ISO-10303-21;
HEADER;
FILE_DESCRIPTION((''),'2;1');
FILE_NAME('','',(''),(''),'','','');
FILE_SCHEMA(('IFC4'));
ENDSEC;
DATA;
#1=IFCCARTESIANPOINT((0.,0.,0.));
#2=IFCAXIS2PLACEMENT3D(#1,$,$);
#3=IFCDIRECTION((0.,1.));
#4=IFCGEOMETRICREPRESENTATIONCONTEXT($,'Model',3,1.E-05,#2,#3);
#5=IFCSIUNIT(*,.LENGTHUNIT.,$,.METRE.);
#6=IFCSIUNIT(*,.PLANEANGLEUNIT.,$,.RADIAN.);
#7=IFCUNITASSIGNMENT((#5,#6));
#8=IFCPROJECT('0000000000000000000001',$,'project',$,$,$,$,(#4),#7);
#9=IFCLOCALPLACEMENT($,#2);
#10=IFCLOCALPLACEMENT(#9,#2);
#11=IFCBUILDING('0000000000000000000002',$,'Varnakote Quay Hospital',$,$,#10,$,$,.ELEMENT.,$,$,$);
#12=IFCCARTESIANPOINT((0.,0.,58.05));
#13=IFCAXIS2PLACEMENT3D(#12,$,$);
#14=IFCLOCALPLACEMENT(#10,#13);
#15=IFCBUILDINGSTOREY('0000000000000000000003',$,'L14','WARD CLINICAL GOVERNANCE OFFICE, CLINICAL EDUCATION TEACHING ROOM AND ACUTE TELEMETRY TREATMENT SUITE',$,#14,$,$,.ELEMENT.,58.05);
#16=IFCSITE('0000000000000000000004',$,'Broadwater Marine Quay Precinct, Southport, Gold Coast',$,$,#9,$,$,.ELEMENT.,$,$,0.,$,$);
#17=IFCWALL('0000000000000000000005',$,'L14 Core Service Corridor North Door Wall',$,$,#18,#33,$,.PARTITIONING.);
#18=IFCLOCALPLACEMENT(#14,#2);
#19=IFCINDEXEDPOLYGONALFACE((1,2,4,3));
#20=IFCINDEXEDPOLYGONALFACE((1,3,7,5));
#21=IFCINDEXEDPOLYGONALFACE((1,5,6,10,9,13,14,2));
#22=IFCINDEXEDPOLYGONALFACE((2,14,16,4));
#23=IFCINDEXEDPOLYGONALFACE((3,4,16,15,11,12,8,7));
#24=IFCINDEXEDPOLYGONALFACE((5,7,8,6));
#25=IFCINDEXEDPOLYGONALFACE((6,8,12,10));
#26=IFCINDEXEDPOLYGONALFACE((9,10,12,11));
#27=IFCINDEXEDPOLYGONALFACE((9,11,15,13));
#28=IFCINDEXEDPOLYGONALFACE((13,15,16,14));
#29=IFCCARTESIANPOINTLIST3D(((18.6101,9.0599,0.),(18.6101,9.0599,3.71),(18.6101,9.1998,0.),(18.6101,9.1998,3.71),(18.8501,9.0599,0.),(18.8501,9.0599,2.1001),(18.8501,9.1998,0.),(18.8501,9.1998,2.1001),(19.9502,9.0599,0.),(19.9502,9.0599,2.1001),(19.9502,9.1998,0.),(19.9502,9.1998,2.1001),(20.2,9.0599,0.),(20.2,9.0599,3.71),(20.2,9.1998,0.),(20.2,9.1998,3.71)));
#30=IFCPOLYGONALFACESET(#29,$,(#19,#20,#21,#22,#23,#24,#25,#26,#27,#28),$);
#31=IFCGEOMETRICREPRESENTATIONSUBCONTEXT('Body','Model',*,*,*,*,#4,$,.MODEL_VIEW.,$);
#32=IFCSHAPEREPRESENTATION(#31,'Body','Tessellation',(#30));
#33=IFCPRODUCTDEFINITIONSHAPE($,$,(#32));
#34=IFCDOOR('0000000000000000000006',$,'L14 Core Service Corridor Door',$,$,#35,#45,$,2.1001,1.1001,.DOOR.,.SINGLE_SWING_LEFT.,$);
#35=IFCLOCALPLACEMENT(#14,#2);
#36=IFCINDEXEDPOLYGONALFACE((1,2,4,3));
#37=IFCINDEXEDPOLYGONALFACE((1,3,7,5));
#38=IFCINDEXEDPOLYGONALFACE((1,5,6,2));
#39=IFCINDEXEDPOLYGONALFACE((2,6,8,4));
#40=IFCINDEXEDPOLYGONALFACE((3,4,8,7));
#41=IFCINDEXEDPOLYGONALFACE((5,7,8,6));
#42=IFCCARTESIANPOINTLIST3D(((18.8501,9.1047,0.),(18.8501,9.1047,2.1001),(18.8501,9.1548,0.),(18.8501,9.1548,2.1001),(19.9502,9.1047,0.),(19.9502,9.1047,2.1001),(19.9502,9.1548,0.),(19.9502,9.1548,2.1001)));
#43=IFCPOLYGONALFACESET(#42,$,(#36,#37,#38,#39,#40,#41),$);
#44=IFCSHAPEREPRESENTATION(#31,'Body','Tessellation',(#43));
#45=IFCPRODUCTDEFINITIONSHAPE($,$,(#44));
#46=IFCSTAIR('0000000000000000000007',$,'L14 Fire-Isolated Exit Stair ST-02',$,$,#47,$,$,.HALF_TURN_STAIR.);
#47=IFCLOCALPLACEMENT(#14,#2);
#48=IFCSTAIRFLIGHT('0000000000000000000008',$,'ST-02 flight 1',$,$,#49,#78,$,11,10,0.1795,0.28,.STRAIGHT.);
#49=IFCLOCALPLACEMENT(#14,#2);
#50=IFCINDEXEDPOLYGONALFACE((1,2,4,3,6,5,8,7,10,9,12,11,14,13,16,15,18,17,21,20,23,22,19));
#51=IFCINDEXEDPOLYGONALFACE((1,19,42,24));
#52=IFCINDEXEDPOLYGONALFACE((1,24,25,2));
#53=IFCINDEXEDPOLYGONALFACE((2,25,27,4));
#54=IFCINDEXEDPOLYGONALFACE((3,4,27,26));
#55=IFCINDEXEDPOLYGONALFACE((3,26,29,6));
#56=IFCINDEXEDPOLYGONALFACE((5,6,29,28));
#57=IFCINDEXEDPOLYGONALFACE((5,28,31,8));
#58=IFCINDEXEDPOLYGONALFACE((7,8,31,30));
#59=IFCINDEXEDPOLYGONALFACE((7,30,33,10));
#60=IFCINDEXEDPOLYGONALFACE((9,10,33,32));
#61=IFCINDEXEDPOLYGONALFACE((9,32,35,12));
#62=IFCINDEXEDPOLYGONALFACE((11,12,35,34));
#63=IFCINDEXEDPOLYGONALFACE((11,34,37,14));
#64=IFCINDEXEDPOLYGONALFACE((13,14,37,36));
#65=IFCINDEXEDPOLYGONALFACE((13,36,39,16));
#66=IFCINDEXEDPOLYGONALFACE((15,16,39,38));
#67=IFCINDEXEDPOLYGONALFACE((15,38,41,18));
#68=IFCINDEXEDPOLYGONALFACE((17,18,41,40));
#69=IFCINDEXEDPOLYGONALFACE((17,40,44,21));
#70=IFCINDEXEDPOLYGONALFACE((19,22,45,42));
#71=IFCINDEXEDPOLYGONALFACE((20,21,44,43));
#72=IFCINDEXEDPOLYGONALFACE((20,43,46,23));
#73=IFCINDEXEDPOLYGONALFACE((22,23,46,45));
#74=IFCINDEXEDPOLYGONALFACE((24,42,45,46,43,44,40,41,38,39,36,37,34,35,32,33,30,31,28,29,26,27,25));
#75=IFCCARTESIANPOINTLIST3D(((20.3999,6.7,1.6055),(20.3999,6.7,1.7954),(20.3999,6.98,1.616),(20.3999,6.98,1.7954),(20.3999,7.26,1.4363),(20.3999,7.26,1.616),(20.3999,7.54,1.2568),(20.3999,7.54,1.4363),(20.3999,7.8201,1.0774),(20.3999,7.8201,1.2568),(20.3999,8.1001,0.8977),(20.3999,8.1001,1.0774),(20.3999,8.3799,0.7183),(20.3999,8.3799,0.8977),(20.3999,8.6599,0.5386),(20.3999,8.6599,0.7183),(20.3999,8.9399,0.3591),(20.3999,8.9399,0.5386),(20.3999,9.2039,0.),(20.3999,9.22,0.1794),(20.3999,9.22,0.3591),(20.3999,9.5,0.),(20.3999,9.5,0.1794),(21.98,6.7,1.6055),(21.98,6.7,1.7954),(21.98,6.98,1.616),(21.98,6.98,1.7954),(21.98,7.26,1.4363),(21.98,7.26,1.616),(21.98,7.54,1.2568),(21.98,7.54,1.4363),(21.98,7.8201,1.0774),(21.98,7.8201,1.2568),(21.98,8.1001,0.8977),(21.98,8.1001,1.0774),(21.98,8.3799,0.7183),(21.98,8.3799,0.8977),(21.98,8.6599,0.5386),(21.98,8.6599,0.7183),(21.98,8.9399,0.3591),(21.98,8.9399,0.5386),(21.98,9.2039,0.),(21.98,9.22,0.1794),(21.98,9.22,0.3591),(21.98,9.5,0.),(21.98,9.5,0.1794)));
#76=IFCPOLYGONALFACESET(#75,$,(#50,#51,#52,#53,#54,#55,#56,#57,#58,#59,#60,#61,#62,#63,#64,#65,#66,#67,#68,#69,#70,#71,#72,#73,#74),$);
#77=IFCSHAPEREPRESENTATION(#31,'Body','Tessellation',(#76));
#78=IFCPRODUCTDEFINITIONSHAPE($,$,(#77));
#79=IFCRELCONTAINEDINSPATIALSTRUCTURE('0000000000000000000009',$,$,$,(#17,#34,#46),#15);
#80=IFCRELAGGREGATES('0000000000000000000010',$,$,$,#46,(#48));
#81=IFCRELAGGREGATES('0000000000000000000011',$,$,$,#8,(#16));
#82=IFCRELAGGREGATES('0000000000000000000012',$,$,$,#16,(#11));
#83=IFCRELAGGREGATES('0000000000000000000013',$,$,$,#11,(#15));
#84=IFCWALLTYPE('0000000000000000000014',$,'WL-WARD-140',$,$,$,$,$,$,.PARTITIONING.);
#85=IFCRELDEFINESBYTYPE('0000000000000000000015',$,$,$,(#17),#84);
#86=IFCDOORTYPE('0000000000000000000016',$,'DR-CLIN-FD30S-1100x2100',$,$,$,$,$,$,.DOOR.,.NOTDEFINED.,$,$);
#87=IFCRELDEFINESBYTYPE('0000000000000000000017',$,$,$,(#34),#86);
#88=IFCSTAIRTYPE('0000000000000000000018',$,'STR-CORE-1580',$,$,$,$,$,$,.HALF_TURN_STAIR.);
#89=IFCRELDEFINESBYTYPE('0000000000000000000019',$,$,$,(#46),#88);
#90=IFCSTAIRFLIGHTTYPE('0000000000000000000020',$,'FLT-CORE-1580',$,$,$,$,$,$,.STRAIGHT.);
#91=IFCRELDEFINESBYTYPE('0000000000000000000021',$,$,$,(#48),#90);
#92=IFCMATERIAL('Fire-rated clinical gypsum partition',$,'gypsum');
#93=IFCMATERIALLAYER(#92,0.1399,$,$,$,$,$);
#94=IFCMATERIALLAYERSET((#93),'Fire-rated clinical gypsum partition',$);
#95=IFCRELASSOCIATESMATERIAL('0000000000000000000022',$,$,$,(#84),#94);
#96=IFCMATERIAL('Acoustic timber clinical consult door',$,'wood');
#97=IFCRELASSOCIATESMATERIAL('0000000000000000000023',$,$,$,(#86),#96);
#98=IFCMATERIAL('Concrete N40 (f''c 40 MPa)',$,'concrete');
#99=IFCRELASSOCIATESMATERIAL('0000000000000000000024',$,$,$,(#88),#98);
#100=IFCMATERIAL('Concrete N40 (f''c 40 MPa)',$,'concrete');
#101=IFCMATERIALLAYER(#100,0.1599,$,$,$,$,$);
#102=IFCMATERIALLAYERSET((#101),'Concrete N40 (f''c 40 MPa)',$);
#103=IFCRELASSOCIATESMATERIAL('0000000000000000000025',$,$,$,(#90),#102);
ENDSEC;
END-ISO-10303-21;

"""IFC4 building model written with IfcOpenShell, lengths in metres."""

from ifc_helpers import new_model, si_unit, direction, frame, frame_2d, origin, place, context, subcontext, project, spatial, polyline, rectangle, outline, extrude, material, layer, layer_set, type_object, element, fill, aggregate, save


model = new_model("IFC4")

# Units and contexts
model_context = context("Model", 3, precision=1e-05, world=origin(), true_north=direction((0.0, 1.0)))
body_context = subcontext(model_context, "Body", "Model", "MODEL_VIEW")
ifc_project = project(units=[si_unit("LENGTHUNIT", "METRE"), si_unit("PLANEANGLEUNIT", "RADIAN")], contexts=[model_context])

# Site, building, storey
site_placement = place(None, origin())
site = spatial("IfcSite", under=ifc_project, at=site_placement, Name="Broadwater Marine Quay Precinct, Southport, Gold Coast", CompositionType="ELEMENT", RefElevation=0.0)
building_placement = place(site_placement, origin())
building = spatial("IfcBuilding", under=site, at=building_placement, Name="Varnakote Quay Hospital", CompositionType="ELEMENT")
storey_placement = place(building_placement, frame((0.0, 0.0, 58.05)))
storey = spatial("IfcBuildingStorey", under=building, at=storey_placement, Name="L14", Description="WARD CLINICAL GOVERNANCE OFFICE, CLINICAL EDUCATION TEACHING ROOM AND ACUTE TELEMETRY TREATMENT SUITE", CompositionType="ELEMENT", Elevation=58.05)

# Wall, opening, door
ifc_material_1 = material(Name="Fire-rated clinical gypsum partition", Category="gypsum")
ifc_layer_1 = layer(ifc_material_1, 0.1399)
ifc_layer_set_1 = layer_set([ifc_layer_1], Name="Fire-rated clinical gypsum partition")
wall_type_1 = type_object("IfcWallType", Name="WL-WARD-140", PredefinedType="PARTITIONING", material=ifc_layer_set_1)
ifc_material_2 = material(Name="Acoustic timber clinical consult door", Category="wood")
door_type_1 = type_object("IfcDoorType", Name="DR-CLIN-FD30S-1100x2100", OperationType="NOTDEFINED", PredefinedType="DOOR", material=ifc_material_2)
wall_1_placement = place(storey_placement, frame((18.6101, 9.1299, 0.0), z_axis=(0.0, 0.0, 1.0), x_axis=(1.0, 0.0, 0.0)))
wall_1 = element("IfcWall", 1, at=wall_1_placement, inside=storey, type_object=wall_type_1, Name="L14 Core Service Corridor North Door Wall", PredefinedType="PARTITIONING", context=body_context, shape_type="SweptSolid", body=[
    extrude(rectangle(XDim=1.5898, YDim=0.1399, at=frame_2d((0.7949, 0.0))), origin(), (0.0, 0.0, 1.0), 3.71),
])
opening_1_placement = place(wall_1_placement, frame((0.24, 0.0, 0.0)))
opening_1 = element("IfcOpeningElement", 2, at=opening_1_placement, cuts=wall_1, PredefinedType="OPENING", context=body_context, shape_type="SweptSolid", body=[
    extrude(rectangle(XDim=1.1001, YDim=2.1001, at=frame_2d((0.55, 1.05))), frame((0.0, 0.0798, 0.0), z_axis=(0.0, -1.0, 0.0), x_axis=(1.0, 0.0, 0.0)), (0.0, 0.0, 1.0), 0.1599),
])
door_1_placement = place(opening_1_placement, origin())
door_1 = element("IfcDoor", 3, at=door_1_placement, inside=storey, type_object=door_type_1, Name="L14 Core Service Corridor Door", OperationType="SINGLE_SWING_LEFT", OverallHeight=2.1001, OverallWidth=1.1001, PredefinedType="DOOR", context=body_context, shape_type="SweptSolid", body=[
    extrude(rectangle(XDim=1.1001, YDim=2.1001, at=frame_2d((0.55, 1.05))), frame((0.0, 0.0249, 0.0), z_axis=(0.0, -1.0, 0.0), x_axis=(1.0, 0.0, 0.0)), (0.0, 0.0, 1.0), 0.05),
])
fill(opening_1, door_1)

# Stair, stair flight
ifc_material_3 = material(Name="Concrete N40 (f'c 40 MPa)", Category="concrete")
stair_type = type_object("IfcStairType", Name="STR-CORE-1580", PredefinedType="HALF_TURN_STAIR", material=ifc_material_3)
stair_placement = place(storey_placement, origin())
stair = element("IfcStair", 4, at=stair_placement, inside=storey, type_object=stair_type, Name="L14 Fire-Isolated Exit Stair ST-02", PredefinedType="HALF_TURN_STAIR")
ifc_material_4 = material(Name="Concrete N40 (f'c 40 MPa)", Category="concrete")
ifc_layer_2 = layer(ifc_material_4, 0.1599)
ifc_layer_set_2 = layer_set([ifc_layer_2], Name="Concrete N40 (f'c 40 MPa)")
stair_flight_type = type_object("IfcStairFlightType", Name="FLT-CORE-1580", PredefinedType="STRAIGHT", material=ifc_layer_set_2)
stair_flight_placement = place(storey_placement, frame((21.1899, 9.5, 0.0), z_axis=(0.0, 0.0, 1.0), x_axis=(0.0, -1.0, 0.0)))
stair_flight = element("IfcStairFlight", 5, at=stair_flight_placement, type_object=stair_flight_type, Name="ST-02 flight 1", NumberOfRisers=11, NumberOfTreads=10, PredefinedType="STRAIGHT", RiserHeight=0.1795, TreadLength=0.28, context=body_context, shape_type="SweptSolid", body=[
    extrude(outline(polyline([(0.0, 0.0), (0.0, 0.1794), (0.28, 0.1794), (0.28, 0.3591), (0.5601, 0.3591), (0.5601, 0.5386), (0.8401, 0.5386), (0.8401, 0.7183), (1.1201, 0.7183), (1.1201, 0.8977), (1.3999, 0.8977), (1.3999, 1.0774), (1.6799, 1.0774), (1.6799, 1.2568), (1.96, 1.2568), (1.96, 1.4363), (2.24, 1.4363), (2.24, 1.616), (2.52, 1.616), (2.52, 1.7954), (2.8, 1.7954), (2.8, 1.9751), (2.8, 1.6055), (0.2961, 0.0), (0.0, 0.0)])), frame((0.0, 0.79, 0.0), z_axis=(0.0, -1.0, 0.0), x_axis=(1.0, 0.0, 0.0)), (0.0, 0.0, 1.0), 1.5801),
])
aggregate(stair, [stair_flight])

save(model, "model.ifc")
